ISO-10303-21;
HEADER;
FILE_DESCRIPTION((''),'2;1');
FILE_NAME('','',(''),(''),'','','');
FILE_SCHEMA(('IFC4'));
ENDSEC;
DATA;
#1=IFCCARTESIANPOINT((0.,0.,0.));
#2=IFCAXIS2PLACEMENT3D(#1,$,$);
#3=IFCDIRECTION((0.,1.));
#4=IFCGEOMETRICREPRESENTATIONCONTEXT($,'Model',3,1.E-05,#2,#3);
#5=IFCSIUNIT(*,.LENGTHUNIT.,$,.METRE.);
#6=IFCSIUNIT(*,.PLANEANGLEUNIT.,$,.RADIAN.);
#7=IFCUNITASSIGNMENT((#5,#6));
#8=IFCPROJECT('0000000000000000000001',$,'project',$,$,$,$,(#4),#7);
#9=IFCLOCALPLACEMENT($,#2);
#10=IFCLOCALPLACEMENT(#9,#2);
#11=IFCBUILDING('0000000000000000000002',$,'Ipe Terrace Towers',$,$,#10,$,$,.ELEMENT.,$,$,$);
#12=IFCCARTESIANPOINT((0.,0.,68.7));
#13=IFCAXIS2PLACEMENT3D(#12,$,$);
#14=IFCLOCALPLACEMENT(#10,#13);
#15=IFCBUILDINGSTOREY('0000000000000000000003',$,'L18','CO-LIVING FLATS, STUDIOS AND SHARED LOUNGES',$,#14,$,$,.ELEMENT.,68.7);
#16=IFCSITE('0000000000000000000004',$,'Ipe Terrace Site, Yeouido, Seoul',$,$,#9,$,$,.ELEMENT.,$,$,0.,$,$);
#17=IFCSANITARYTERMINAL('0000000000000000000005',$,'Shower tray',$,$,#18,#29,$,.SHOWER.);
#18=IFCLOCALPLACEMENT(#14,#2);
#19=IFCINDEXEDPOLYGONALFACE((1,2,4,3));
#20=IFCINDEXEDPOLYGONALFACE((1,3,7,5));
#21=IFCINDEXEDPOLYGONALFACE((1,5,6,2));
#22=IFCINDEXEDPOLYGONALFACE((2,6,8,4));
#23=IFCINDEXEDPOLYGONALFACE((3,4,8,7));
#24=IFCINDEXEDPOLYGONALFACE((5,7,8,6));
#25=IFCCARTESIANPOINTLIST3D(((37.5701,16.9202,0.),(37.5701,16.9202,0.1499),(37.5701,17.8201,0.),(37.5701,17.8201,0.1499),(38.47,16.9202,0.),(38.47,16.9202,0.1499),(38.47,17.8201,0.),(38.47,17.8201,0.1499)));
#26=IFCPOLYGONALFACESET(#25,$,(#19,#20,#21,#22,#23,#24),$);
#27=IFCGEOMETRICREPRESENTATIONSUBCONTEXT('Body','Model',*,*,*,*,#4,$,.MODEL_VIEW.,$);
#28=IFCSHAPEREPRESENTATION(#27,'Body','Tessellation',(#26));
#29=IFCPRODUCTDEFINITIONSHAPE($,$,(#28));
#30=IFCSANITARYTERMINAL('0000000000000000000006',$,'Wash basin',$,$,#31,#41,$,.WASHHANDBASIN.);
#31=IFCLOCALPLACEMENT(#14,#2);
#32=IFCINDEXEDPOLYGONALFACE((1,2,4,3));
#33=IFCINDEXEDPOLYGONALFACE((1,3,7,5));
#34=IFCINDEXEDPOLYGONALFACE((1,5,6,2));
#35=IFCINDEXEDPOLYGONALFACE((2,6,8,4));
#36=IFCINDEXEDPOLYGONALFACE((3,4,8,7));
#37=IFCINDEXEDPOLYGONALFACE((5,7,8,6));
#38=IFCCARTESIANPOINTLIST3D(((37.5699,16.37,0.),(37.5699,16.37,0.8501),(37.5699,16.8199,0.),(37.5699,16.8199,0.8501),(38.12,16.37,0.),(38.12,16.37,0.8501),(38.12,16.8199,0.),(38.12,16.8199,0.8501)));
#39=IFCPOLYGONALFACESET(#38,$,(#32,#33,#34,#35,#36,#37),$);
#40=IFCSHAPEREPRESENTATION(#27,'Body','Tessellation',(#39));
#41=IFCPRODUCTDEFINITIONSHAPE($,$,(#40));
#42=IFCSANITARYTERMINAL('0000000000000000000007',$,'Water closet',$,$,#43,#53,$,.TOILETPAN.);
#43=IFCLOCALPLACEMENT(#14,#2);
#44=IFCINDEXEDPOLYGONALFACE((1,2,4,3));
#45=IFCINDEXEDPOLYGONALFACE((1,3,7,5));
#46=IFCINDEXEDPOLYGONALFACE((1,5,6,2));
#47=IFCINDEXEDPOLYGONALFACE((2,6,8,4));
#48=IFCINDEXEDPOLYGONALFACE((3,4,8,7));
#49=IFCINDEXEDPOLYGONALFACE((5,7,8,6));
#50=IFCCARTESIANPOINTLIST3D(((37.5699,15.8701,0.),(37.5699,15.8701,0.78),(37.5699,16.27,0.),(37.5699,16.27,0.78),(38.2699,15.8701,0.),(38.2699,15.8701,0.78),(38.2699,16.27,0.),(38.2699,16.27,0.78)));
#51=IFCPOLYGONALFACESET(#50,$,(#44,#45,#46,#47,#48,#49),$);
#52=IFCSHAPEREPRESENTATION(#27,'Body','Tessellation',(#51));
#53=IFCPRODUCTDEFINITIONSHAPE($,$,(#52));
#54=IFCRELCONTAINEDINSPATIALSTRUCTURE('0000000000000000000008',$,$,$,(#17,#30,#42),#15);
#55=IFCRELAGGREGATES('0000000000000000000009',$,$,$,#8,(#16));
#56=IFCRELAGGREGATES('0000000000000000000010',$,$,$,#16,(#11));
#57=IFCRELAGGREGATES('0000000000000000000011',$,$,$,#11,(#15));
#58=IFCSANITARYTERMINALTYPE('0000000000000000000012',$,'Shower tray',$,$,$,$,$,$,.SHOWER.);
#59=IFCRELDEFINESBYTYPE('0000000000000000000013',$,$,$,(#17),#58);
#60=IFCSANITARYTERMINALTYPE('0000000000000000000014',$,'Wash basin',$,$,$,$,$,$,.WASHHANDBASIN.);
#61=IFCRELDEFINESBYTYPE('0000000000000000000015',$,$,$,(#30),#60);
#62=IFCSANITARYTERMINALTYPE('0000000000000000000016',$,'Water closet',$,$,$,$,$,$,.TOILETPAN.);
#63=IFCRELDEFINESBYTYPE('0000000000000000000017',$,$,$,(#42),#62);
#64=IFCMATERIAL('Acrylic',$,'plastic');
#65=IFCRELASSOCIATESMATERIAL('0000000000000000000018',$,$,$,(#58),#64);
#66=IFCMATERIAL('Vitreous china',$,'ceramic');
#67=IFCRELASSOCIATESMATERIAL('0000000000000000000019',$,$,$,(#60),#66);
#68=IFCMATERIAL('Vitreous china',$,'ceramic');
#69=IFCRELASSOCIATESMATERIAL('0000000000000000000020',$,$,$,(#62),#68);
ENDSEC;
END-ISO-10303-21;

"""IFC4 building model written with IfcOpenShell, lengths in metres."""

from ifc_helpers import new_model, si_unit, direction, frame, origin, origin_2d, place, context, subcontext, project, spatial, rectangle, extrude, material, type_object, element, save


model = new_model("IFC4")

# Units and contexts
model_context = context("Model", 3, precision=1e-05, world=origin(), true_north=direction((0.0, 1.0)))
body_context = subcontext(model_context, "Body", "Model", "MODEL_VIEW")
ifc_project = project(units=[si_unit("LENGTHUNIT", "METRE"), si_unit("PLANEANGLEUNIT", "RADIAN")], contexts=[model_context])

# Site, building, storey
site_placement = place(None, origin())
site = spatial("IfcSite", under=ifc_project, at=site_placement, Name="Ipe Terrace Site, Yeouido, Seoul", CompositionType="ELEMENT", RefElevation=0.0)
building_placement = place(site_placement, origin())
building = spatial("IfcBuilding", under=site, at=building_placement, Name="Ipe Terrace Towers", CompositionType="ELEMENT")
storey_placement = place(building_placement, frame((0.0, 0.0, 68.7)))
storey = spatial("IfcBuildingStorey", under=building, at=storey_placement, Name="L18", Description="CO-LIVING FLATS, STUDIOS AND SHARED LOUNGES", CompositionType="ELEMENT", Elevation=68.7)

# Sanitary terminals
ifc_material_1 = material(Name="Acrylic", Category="plastic")
sanitary_terminal_type_1 = type_object("IfcSanitaryTerminalType", Name="Shower tray", PredefinedType="SHOWER", material=ifc_material_1)
sanitary_terminal_1_placement = place(storey_placement, frame((38.02, 17.3701, 0.0), z_axis=(0.0, 0.0, 1.0), x_axis=(1.0, 0.0, 0.0)))
element("IfcSanitaryTerminal", 1, at=sanitary_terminal_1_placement, inside=storey, type_object=sanitary_terminal_type_1, Name="Shower tray", PredefinedType="SHOWER", context=body_context, shape_type="SweptSolid", body=[
    extrude(rectangle(XDim=0.8999, YDim=0.8999, at=origin_2d()), origin(), (0.0, 0.0, 1.0), 0.1499),
])
ifc_material_2 = material(Name="Vitreous china", Category="ceramic")
sanitary_terminal_type_2 = type_object("IfcSanitaryTerminalType", Name="Wash basin", PredefinedType="WASHHANDBASIN", material=ifc_material_2)
sanitary_terminal_2_placement = place(storey_placement, frame((37.845, 16.595, 0.0), z_axis=(0.0, 0.0, 1.0), x_axis=(1.0, 0.0, 0.0)))
element("IfcSanitaryTerminal", 2, at=sanitary_terminal_2_placement, inside=storey, type_object=sanitary_terminal_type_2, Name="Wash basin", PredefinedType="WASHHANDBASIN", context=body_context, shape_type="SweptSolid", body=[
    extrude(rectangle(XDim=0.55, YDim=0.45, at=origin_2d()), origin(), (0.0, 0.0, 1.0), 0.8501),
])
ifc_material_3 = material(Name="Vitreous china", Category="ceramic")
sanitary_terminal_type_3 = type_object("IfcSanitaryTerminalType", Name="Water closet", PredefinedType="TOILETPAN", material=ifc_material_3)
sanitary_terminal_3_placement = place(storey_placement, frame((37.9199, 16.0701, 0.0), z_axis=(0.0, 0.0, 1.0), x_axis=(1.0, 0.0, 0.0)))
element("IfcSanitaryTerminal", 3, at=sanitary_terminal_3_placement, inside=storey, type_object=sanitary_terminal_type_3, Name="Water closet", PredefinedType="TOILETPAN", context=body_context, shape_type="SweptSolid", body=[
    extrude(rectangle(XDim=0.7, YDim=0.3999, at=origin_2d()), origin(), (0.0, 0.0, 1.0), 0.78),
])

save(model, "model.ifc")
